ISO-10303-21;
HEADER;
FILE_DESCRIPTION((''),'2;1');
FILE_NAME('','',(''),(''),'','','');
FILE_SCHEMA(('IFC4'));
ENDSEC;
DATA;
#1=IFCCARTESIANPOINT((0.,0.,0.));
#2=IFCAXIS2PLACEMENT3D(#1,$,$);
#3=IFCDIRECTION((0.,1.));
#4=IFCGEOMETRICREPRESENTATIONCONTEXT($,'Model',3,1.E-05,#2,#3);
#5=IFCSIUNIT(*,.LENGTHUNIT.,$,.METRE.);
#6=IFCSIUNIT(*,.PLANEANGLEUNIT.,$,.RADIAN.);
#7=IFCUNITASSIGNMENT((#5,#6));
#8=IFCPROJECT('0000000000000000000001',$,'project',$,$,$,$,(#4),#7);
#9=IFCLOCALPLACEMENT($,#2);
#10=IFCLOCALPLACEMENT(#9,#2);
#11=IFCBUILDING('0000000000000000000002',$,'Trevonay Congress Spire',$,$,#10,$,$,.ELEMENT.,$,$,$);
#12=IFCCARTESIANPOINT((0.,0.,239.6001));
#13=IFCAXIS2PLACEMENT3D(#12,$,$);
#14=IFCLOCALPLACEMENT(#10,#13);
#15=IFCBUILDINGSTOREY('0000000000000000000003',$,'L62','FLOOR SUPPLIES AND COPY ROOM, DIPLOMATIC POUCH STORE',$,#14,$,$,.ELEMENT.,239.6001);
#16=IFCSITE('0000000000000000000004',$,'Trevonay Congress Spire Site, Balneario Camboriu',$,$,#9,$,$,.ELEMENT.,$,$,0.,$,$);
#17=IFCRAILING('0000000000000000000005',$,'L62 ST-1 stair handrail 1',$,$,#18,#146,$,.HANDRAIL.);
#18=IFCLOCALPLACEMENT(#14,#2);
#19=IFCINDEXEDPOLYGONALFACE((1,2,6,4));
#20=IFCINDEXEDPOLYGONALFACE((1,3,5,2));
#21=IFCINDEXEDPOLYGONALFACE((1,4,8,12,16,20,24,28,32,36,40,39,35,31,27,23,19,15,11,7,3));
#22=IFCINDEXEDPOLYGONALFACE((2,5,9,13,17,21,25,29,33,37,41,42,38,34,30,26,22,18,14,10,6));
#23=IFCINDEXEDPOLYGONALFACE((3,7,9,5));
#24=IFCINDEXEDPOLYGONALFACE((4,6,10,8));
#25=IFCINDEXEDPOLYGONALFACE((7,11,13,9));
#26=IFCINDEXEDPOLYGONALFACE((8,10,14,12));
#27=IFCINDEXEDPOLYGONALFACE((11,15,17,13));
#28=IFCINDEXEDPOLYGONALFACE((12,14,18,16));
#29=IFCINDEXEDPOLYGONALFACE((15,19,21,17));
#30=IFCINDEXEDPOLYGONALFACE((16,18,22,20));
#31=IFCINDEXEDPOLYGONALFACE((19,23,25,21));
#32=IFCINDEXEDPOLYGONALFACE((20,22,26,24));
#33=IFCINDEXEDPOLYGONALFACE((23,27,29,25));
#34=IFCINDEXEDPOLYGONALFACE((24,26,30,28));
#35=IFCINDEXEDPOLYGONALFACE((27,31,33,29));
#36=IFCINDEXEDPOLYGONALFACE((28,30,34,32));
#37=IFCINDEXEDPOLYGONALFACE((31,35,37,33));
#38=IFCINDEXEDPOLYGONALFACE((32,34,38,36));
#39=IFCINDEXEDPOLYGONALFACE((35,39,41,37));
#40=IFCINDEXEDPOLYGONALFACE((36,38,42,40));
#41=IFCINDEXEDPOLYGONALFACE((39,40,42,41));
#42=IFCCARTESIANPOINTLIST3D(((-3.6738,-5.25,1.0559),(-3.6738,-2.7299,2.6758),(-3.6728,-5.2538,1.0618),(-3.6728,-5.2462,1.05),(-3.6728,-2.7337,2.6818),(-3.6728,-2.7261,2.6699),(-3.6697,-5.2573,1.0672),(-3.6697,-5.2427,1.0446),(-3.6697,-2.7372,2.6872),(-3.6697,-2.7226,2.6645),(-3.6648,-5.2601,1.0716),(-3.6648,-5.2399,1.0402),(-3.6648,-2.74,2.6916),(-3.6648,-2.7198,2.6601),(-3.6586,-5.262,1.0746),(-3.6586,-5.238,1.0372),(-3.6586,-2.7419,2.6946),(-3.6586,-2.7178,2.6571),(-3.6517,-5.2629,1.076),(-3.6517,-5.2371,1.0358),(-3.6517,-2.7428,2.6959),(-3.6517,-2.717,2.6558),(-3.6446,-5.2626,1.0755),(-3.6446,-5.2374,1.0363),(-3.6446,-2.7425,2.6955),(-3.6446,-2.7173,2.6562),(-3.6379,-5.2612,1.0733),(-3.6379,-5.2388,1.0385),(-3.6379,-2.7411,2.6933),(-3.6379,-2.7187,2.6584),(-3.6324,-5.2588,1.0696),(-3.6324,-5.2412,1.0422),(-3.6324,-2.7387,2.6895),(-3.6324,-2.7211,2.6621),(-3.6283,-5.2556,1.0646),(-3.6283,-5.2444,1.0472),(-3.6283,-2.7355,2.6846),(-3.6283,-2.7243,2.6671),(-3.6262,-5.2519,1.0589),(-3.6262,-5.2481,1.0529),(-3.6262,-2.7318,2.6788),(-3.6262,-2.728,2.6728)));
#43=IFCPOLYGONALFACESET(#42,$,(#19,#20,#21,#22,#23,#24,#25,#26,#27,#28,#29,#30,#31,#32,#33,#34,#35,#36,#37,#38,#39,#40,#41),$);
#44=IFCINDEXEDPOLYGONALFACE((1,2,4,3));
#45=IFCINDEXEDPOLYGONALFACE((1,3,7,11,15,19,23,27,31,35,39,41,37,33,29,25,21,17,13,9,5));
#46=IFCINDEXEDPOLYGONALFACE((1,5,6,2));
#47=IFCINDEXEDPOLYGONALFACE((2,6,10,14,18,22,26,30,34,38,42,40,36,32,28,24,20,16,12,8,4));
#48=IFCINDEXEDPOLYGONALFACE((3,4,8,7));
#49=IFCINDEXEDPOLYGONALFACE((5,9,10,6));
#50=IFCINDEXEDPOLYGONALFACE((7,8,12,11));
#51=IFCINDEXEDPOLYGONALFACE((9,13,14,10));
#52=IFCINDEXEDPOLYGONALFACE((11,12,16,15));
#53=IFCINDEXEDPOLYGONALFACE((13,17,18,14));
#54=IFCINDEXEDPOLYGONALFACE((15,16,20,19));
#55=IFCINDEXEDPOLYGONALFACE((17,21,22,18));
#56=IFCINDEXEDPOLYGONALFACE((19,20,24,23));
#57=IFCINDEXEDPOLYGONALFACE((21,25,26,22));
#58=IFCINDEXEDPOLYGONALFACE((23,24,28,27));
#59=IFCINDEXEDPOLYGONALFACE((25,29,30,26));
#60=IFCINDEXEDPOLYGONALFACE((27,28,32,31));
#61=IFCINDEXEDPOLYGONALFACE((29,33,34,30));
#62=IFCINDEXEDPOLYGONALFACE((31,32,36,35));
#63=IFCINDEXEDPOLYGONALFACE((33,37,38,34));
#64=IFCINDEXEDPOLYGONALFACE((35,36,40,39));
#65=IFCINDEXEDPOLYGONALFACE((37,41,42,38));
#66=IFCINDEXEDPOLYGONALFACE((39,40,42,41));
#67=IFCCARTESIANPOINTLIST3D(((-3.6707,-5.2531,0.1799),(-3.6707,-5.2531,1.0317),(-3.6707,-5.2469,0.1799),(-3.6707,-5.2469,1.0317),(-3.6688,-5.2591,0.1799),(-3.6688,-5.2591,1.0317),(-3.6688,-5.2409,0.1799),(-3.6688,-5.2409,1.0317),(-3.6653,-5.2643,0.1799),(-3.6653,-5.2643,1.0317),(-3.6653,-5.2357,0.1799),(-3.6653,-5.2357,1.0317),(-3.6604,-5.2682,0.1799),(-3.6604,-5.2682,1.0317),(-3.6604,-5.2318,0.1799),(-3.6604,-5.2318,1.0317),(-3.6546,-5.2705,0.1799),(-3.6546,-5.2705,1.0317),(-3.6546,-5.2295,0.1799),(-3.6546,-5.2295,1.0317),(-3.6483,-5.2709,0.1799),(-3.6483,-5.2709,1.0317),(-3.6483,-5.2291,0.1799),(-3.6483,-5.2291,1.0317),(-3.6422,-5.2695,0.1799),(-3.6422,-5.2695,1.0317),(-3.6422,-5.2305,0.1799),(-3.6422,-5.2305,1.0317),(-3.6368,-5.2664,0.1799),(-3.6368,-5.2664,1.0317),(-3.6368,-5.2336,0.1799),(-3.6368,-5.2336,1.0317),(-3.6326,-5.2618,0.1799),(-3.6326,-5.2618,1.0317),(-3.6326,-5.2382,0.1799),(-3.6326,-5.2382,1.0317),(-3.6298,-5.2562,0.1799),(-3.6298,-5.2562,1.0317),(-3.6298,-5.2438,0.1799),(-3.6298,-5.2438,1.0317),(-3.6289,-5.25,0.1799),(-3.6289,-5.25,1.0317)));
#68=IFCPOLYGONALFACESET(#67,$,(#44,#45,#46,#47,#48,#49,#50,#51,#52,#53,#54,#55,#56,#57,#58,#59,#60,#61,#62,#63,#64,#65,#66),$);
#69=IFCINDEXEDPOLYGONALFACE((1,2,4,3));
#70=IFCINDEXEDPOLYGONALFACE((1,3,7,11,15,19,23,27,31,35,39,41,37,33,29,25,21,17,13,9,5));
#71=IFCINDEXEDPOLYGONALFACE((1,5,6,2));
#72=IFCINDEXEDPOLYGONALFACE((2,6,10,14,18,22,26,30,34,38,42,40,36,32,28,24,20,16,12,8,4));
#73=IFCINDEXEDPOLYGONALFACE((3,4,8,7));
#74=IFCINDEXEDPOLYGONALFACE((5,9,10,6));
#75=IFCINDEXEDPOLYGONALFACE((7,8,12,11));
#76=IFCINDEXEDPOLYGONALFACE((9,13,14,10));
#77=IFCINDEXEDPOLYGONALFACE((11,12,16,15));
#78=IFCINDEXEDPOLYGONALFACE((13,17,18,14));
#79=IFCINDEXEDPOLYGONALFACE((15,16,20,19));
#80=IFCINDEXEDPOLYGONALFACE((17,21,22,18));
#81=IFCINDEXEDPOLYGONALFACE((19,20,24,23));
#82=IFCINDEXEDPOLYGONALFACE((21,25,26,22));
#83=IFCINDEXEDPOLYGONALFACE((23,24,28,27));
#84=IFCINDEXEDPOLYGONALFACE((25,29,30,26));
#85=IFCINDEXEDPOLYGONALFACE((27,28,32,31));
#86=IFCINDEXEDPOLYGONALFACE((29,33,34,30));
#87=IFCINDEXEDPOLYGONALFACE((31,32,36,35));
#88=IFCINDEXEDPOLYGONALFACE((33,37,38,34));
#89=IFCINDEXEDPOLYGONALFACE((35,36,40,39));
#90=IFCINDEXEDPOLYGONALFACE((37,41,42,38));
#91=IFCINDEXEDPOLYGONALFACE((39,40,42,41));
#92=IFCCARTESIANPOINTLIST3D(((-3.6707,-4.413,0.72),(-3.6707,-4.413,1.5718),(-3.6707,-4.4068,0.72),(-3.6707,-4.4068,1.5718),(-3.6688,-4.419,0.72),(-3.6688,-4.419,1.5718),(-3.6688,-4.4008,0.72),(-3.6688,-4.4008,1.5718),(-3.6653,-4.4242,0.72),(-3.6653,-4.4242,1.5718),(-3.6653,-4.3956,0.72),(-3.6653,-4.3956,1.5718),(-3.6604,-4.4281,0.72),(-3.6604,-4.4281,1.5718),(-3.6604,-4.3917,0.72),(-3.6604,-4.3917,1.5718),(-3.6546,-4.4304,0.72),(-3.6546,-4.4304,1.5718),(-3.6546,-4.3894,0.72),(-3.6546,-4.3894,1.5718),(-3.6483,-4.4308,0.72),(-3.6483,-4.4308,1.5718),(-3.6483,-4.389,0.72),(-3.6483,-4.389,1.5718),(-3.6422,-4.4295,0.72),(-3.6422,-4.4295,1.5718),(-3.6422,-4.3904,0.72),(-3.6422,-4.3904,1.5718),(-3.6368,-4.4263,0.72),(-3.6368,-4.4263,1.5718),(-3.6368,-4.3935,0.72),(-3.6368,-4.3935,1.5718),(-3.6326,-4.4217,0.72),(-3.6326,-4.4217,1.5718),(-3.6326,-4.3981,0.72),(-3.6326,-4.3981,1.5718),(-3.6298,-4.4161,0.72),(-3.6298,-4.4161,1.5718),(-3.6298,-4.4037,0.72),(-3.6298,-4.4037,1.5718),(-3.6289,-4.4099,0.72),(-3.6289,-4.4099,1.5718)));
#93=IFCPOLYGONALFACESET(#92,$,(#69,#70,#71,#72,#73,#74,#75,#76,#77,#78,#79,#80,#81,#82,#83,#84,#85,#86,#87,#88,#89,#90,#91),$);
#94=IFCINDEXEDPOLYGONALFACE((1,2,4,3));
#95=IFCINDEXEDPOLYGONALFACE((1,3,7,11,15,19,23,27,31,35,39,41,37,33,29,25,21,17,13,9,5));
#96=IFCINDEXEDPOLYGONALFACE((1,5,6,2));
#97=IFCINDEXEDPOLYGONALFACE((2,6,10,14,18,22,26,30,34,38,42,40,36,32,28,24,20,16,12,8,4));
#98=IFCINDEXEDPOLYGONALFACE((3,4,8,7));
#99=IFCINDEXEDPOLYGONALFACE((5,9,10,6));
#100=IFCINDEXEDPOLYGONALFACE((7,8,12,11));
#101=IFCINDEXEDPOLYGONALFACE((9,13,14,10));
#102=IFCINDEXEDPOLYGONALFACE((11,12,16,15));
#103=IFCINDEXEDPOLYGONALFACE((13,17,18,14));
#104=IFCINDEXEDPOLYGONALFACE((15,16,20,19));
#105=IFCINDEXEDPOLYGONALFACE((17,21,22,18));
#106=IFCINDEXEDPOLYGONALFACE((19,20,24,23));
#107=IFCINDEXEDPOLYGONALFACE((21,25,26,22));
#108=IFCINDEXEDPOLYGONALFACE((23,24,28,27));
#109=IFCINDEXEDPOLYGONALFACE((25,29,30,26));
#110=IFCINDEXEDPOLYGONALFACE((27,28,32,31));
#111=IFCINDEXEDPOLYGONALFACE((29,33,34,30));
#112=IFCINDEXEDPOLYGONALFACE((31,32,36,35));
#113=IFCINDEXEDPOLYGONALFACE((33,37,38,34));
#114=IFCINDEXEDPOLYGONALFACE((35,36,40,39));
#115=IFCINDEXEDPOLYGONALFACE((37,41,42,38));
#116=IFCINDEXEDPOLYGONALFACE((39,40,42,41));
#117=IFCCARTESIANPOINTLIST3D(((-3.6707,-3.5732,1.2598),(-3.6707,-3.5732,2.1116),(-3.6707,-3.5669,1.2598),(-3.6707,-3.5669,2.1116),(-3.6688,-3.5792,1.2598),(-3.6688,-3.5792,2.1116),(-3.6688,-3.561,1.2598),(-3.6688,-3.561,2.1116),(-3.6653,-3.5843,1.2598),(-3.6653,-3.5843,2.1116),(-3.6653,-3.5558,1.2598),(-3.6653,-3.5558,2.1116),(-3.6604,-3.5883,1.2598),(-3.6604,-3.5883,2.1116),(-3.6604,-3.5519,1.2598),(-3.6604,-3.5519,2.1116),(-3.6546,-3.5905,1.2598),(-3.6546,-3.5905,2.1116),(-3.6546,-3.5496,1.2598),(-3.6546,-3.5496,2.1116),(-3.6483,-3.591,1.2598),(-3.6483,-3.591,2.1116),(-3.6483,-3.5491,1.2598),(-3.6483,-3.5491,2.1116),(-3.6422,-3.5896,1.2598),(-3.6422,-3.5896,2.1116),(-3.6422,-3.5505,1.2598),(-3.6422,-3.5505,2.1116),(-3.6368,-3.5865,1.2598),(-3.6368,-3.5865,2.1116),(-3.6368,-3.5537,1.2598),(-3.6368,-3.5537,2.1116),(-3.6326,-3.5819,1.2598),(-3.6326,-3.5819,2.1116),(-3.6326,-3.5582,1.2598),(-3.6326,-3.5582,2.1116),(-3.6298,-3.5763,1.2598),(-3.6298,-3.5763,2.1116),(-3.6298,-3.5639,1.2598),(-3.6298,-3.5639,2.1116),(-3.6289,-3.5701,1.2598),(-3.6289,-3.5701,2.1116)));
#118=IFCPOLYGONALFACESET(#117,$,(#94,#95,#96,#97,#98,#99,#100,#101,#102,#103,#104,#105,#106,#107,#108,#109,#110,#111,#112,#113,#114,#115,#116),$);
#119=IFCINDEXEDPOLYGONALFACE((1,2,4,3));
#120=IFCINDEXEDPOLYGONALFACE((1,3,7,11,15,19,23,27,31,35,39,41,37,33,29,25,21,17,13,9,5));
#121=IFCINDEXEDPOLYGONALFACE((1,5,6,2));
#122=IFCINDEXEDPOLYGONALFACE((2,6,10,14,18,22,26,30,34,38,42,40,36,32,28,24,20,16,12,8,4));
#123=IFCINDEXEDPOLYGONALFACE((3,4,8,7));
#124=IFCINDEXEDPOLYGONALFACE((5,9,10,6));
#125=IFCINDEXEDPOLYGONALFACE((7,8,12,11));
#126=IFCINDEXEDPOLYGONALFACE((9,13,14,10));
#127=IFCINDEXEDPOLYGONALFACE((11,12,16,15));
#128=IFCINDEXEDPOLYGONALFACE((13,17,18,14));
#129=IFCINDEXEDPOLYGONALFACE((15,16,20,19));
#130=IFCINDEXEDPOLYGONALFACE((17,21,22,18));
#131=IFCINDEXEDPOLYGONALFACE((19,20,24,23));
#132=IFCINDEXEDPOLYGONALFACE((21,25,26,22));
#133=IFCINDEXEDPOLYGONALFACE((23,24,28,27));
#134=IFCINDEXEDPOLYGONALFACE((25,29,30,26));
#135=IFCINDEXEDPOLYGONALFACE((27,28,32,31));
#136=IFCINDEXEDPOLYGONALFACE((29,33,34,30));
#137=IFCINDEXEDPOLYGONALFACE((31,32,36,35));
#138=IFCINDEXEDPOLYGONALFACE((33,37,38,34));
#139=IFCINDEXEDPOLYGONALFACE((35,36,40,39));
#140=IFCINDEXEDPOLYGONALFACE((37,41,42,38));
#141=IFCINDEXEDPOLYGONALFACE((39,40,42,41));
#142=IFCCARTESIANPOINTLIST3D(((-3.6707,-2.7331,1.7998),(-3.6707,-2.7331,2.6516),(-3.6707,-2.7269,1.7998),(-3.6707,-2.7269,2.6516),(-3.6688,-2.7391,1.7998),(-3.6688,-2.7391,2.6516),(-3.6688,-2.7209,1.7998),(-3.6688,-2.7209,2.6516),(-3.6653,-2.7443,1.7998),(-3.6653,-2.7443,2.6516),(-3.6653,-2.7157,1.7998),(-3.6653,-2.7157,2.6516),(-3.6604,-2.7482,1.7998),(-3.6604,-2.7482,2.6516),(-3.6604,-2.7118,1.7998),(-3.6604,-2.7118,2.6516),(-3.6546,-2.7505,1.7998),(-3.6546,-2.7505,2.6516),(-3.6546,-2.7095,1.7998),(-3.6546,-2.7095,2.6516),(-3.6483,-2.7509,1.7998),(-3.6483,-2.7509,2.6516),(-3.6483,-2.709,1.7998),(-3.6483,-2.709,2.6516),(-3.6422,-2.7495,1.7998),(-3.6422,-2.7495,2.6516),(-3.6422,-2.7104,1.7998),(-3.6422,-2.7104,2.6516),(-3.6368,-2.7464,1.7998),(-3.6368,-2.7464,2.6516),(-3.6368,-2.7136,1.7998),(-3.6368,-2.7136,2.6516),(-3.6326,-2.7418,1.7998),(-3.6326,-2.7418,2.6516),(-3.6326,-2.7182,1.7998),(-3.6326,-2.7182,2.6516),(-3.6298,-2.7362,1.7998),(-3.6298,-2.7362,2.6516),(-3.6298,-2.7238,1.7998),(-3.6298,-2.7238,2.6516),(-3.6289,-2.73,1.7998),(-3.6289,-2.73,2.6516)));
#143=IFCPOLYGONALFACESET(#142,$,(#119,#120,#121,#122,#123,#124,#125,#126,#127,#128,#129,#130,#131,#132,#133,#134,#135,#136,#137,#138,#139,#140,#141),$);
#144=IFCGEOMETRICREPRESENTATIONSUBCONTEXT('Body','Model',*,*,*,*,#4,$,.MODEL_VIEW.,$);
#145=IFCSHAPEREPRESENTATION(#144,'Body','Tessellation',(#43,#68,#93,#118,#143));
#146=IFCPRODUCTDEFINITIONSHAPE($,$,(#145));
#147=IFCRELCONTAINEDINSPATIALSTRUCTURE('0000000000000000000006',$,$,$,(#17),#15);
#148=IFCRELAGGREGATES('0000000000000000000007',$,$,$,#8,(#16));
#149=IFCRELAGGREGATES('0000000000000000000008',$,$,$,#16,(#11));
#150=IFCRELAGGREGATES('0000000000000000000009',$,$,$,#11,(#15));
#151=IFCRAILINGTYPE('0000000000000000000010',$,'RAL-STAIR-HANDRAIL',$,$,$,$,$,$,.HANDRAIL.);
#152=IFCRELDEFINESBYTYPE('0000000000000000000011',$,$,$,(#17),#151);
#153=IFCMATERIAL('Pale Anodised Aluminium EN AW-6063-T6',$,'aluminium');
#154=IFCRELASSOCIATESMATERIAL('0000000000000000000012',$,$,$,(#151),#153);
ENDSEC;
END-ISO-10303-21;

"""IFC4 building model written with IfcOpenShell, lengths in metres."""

from ifc_helpers import new_model, si_unit, direction, frame, origin, origin_2d, place, context, subcontext, project, spatial, circle, extrude, material, type_object, element, save


model = new_model("IFC4")

# Units and contexts
model_context = context("Model", 3, precision=1e-05, world=origin(), true_north=direction((0.0, 1.0)))
body_context = subcontext(model_context, "Body", "Model", "MODEL_VIEW")
ifc_project = project(units=[si_unit("LENGTHUNIT", "METRE"), si_unit("PLANEANGLEUNIT", "RADIAN")], contexts=[model_context])

# Site, building, storey
site_placement = place(None, origin())
site = spatial("IfcSite", under=ifc_project, at=site_placement, Name="Trevonay Congress Spire Site, Balneario Camboriu", CompositionType="ELEMENT", RefElevation=0.0)
building_placement = place(site_placement, origin())
building = spatial("IfcBuilding", under=site, at=building_placement, Name="Trevonay Congress Spire", CompositionType="ELEMENT")
storey_placement = place(building_placement, frame((0.0, 0.0, 239.6001)))
storey = spatial("IfcBuildingStorey", under=building, at=storey_placement, Name="L62", Description="FLOOR SUPPLIES AND COPY ROOM, DIPLOMATIC POUCH STORE", CompositionType="ELEMENT", Elevation=239.6001)

# Shared definitions
ifc_material_1 = material(Name="Pale Anodised Aluminium EN AW-6063-T6", Category="aluminium")

# Railing
railing_type_1 = type_object("IfcRailingType", Name="RAL-STAIR-HANDRAIL", PredefinedType="HANDRAIL", material=ifc_material_1)
railing_1_placement = place(storey_placement, frame((-3.6499, -5.25, 0.1799)))
element("IfcRailing", 1, at=railing_1_placement, inside=storey, type_object=railing_type_1, Name="L62 ST-1 stair handrail 1", PredefinedType="HANDRAIL", context=body_context, shape_type="SweptSolid", body=[
    extrude(circle(Radius=0.0239, at=origin_2d()), frame((0.0, 0.0, 0.876), z_axis=(0.0, 0.8412, 0.540725), x_axis=(-1.0, 0.0, 0.0)), (0.0, 0.0, 1.0), 2.9958),
    extrude(circle(Radius=0.021, at=origin_2d()), origin(), (0.0, 0.0, 1.0), 0.8518),
    extrude(circle(Radius=0.021, at=origin_2d()), frame((0.0, 0.8401, 0.54)), (0.0, 0.0, 1.0), 0.8518),
    extrude(circle(Radius=0.021, at=origin_2d()), frame((0.0, 1.6799, 1.0798)), (0.0, 0.0, 1.0), 0.8518),
    extrude(circle(Radius=0.021, at=origin_2d()), frame((0.0, 2.52, 1.6199)), (0.0, 0.0, 1.0), 0.8518),
])

save(model, "model.ifc")
